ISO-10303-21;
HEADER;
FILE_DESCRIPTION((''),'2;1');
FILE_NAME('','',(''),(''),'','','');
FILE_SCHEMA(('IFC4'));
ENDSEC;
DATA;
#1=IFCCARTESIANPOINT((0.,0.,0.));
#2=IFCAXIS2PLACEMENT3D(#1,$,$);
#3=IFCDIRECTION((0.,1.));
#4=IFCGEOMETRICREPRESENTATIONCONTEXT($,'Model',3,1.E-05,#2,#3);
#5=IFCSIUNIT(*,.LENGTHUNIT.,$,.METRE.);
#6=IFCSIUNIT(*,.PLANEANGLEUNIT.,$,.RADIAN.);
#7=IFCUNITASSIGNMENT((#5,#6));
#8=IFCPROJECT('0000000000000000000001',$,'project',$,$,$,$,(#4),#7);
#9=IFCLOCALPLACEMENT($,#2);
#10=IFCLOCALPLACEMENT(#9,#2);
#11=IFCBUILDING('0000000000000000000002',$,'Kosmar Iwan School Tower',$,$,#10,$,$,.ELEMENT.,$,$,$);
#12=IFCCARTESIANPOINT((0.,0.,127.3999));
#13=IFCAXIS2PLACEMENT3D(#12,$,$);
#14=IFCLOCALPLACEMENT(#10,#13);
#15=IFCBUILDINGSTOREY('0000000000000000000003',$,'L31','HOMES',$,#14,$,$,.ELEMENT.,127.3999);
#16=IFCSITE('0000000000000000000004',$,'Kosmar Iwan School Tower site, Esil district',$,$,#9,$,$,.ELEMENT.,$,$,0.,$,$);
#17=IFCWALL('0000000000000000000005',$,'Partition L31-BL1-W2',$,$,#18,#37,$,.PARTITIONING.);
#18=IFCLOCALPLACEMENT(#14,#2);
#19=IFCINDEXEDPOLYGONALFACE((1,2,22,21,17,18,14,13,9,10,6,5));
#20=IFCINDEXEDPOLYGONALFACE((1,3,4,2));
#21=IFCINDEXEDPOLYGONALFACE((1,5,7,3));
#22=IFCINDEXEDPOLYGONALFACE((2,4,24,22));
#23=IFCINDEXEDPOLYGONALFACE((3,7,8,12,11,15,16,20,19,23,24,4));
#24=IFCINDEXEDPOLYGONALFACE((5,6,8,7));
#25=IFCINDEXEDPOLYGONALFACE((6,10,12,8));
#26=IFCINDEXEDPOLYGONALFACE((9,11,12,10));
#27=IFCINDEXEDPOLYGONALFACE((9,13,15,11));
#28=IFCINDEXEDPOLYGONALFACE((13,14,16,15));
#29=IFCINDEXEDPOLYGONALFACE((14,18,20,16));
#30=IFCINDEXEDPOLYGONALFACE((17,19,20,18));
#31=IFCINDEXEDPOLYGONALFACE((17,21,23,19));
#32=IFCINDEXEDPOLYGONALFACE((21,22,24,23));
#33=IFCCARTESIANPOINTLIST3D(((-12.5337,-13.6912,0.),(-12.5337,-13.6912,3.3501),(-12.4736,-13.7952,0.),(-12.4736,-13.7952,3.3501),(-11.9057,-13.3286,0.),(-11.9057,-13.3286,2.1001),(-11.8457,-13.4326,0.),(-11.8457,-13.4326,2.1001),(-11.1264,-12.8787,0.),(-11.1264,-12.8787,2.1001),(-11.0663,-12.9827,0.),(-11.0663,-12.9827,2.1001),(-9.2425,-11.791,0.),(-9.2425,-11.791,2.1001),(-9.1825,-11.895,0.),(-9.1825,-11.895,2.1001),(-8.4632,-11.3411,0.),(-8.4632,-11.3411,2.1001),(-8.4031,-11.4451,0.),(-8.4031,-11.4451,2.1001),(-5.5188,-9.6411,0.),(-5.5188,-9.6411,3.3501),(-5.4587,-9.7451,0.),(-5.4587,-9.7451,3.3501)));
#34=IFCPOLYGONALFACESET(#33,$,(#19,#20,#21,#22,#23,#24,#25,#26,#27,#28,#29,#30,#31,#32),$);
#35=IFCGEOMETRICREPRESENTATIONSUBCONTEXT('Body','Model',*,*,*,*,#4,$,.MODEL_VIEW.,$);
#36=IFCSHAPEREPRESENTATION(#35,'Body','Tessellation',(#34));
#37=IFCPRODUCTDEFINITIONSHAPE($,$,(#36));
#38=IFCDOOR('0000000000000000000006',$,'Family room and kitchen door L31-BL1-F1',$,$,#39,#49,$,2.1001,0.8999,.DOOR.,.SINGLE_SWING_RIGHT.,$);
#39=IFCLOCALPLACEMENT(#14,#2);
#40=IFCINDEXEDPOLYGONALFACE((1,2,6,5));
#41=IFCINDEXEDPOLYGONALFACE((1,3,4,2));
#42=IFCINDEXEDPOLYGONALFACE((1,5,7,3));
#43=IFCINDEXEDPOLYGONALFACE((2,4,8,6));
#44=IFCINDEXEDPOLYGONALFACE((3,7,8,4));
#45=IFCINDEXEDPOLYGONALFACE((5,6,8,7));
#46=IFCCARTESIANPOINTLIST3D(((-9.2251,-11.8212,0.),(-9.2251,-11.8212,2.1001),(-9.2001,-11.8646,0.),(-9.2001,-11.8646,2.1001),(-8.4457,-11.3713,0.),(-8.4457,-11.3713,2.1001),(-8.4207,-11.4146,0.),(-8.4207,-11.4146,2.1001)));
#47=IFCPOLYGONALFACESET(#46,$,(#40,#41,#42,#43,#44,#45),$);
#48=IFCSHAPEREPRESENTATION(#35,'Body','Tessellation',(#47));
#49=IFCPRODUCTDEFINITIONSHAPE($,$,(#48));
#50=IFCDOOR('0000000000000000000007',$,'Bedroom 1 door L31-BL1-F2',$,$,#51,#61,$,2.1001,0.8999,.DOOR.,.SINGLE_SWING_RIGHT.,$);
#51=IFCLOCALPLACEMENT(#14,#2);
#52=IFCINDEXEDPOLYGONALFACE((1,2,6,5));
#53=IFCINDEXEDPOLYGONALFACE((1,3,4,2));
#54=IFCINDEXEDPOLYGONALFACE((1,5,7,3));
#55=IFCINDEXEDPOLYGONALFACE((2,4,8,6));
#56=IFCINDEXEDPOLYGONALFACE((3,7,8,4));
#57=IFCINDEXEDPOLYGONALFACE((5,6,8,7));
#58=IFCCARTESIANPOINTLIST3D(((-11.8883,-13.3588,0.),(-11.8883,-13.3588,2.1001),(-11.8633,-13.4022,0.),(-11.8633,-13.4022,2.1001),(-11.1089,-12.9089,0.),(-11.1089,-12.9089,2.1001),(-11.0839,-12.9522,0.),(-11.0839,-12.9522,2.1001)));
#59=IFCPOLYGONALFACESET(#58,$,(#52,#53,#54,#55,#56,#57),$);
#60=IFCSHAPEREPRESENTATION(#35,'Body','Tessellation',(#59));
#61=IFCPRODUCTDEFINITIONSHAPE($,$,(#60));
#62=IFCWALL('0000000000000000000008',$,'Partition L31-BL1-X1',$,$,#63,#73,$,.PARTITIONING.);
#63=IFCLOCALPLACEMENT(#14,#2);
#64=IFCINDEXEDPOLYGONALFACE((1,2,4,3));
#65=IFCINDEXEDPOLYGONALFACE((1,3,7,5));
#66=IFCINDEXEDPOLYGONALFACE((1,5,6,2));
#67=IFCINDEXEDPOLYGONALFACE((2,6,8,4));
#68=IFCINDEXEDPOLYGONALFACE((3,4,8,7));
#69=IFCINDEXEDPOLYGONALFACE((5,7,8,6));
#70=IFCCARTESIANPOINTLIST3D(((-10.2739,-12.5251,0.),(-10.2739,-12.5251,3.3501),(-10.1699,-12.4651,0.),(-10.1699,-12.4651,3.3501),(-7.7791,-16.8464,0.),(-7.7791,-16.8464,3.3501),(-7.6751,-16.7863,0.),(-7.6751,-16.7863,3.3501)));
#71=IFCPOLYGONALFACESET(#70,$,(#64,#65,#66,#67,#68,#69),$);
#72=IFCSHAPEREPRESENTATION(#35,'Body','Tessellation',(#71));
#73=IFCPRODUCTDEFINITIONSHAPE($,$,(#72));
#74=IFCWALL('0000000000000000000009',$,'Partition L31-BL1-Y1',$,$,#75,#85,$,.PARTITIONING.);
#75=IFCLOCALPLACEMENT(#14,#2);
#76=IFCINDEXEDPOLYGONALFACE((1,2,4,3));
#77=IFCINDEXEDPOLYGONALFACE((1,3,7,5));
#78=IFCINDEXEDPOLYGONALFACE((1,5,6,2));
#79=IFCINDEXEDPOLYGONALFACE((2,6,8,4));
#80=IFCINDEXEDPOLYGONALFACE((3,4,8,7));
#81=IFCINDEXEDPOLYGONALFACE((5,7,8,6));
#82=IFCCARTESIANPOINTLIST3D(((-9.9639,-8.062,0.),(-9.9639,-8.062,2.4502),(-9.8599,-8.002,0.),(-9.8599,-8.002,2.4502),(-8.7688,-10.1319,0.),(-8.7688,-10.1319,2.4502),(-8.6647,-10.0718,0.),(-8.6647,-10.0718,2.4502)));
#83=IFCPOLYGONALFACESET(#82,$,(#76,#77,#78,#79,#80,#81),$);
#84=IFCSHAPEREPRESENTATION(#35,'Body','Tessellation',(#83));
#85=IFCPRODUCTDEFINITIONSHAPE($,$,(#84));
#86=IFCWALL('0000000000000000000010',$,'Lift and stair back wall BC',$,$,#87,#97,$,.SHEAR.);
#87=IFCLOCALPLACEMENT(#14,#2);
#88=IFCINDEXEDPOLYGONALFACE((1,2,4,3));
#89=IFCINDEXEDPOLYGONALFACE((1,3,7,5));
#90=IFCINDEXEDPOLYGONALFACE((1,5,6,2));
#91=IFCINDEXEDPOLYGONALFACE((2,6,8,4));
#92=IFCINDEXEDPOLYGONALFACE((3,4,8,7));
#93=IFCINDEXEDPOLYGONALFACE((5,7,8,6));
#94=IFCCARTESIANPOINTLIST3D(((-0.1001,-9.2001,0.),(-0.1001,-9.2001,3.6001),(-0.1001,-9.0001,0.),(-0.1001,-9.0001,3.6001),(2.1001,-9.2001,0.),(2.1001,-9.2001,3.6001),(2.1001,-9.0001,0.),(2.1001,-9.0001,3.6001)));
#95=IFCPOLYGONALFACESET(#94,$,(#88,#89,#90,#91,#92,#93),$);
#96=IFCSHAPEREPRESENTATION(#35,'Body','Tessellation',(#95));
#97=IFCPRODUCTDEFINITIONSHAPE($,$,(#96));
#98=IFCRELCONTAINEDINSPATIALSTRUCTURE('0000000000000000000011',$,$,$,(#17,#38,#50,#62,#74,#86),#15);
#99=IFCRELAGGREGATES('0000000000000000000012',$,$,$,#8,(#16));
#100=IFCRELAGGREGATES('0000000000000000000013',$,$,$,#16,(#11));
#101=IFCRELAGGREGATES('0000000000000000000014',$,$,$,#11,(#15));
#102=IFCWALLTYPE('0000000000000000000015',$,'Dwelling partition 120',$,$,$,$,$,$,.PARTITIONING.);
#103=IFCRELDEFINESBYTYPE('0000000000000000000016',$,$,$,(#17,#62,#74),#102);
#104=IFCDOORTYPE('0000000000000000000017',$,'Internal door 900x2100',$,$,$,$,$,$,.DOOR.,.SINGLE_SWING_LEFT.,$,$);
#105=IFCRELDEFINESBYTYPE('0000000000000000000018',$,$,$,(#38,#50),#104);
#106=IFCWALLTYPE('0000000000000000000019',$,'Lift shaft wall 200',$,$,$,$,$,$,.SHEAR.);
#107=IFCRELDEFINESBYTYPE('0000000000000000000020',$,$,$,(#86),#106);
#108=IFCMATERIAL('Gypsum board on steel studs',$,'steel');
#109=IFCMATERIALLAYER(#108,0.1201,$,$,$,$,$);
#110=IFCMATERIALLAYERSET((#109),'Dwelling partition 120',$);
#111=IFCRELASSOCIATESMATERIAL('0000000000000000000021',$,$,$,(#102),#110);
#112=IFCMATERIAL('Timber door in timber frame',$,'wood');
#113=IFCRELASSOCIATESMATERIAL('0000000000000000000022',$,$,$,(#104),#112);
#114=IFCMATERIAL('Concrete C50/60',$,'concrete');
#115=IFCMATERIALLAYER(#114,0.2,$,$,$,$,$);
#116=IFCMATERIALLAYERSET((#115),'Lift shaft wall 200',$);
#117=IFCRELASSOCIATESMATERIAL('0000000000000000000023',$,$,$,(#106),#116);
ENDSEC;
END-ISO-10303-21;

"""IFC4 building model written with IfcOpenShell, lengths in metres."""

from ifc_helpers import new_model, si_unit, direction, frame, frame_2d, origin, place, context, subcontext, project, spatial, rectangle, extrude, material, layer, layer_set, type_object, element, fill, save


model = new_model("IFC4")

# Units and contexts
model_context = context("Model", 3, precision=1e-05, world=origin(), true_north=direction((0.0, 1.0)))
body_context = subcontext(model_context, "Body", "Model", "MODEL_VIEW")
ifc_project = project(units=[si_unit("LENGTHUNIT", "METRE"), si_unit("PLANEANGLEUNIT", "RADIAN")], contexts=[model_context])

# Site, building, storey
site_placement = place(None, origin())
site = spatial("IfcSite", under=ifc_project, at=site_placement, Name="Kosmar Iwan School Tower site, Esil district", CompositionType="ELEMENT", RefElevation=0.0)
building_placement = place(site_placement, origin())
building = spatial("IfcBuilding", under=site, at=building_placement, Name="Kosmar Iwan School Tower", CompositionType="ELEMENT")
storey_placement = place(building_placement, frame((0.0, 0.0, 127.3999)))
storey = spatial("IfcBuildingStorey", under=building, at=storey_placement, Name="L31", Description="HOMES", CompositionType="ELEMENT", Elevation=127.3999)

# Wall, openings, doors
ifc_material_1 = material(Name="Gypsum board on steel studs", Category="steel")
ifc_layer_1 = layer(ifc_material_1, 0.1201)
ifc_layer_set_1 = layer_set([ifc_layer_1], Name="Dwelling partition 120")
wall_type_1 = type_object("IfcWallType", Name="Dwelling partition 120", PredefinedType="PARTITIONING", material=ifc_layer_set_1)
ifc_material_2 = material(Name="Timber door in timber frame", Category="wood")
door_type_1 = type_object("IfcDoorType", Name="Internal door 900x2100", OperationType="SINGLE_SWING_LEFT", PredefinedType="DOOR", material=ifc_material_2)
wall_1_placement = place(storey_placement, frame((-5.4888, -9.6931, 0.0), z_axis=(0.0, 0.0, 1.0), x_axis=(-0.866025, -0.5, 0.0)))
wall_1 = element("IfcWall", 1, at=wall_1_placement, inside=storey, type_object=wall_type_1, Name="Partition L31-BL1-W2", PredefinedType="PARTITIONING", context=body_context, shape_type="SweptSolid", body=[
    extrude(rectangle(XDim=8.1001, YDim=0.1201, at=frame_2d((4.05, 0.0))), origin(), (0.0, 0.0, 1.0), 3.3501),
])
opening_1_placement = place(wall_1_placement, frame((3.3999, 0.0, 0.0)))
opening_1 = element("IfcOpeningElement", 2, at=opening_1_placement, cuts=wall_1, PredefinedType="OPENING", context=body_context, shape_type="SweptSolid", body=[
    extrude(rectangle(XDim=0.8999, YDim=2.1001, at=frame_2d((0.45, 1.05))), frame((0.0, 0.072, 0.0), z_axis=(0.0, -1.0, 0.0), x_axis=(1.0, 0.0, 0.0)), (0.0, 0.0, 1.0), 0.144),
])
opening_2_placement = place(wall_1_placement, frame((6.4751, 0.0, 0.0)))
opening_2 = element("IfcOpeningElement", 3, at=opening_2_placement, cuts=wall_1, PredefinedType="OPENING", context=body_context, shape_type="SweptSolid", body=[
    extrude(rectangle(XDim=0.8999, YDim=2.1001, at=frame_2d((0.45, 1.05))), frame((0.0, 0.072, 0.0), z_axis=(0.0, -1.0, 0.0), x_axis=(1.0, 0.0, 0.0)), (0.0, 0.0, 1.0), 0.144),
])
door_1_placement = place(opening_1_placement, origin())
door_1 = element("IfcDoor", 4, at=door_1_placement, inside=storey, type_object=door_type_1, Name="Family room and kitchen door L31-BL1-F1", OperationType="SINGLE_SWING_RIGHT", OverallHeight=2.1001, OverallWidth=0.8999, PredefinedType="DOOR", context=body_context, shape_type="SweptSolid", body=[
    extrude(rectangle(XDim=0.8999, YDim=2.1001, at=frame_2d((0.45, 1.05))), frame((0.0, 0.0249, 0.0), z_axis=(0.0, -1.0, 0.0), x_axis=(1.0, 0.0, 0.0)), (0.0, 0.0, 1.0), 0.05),
])
fill(opening_1, door_1)
door_2_placement = place(opening_2_placement, origin())
door_2 = element("IfcDoor", 5, at=door_2_placement, inside=storey, type_object=door_type_1, Name="Bedroom 1 door L31-BL1-F2", OperationType="SINGLE_SWING_RIGHT", OverallHeight=2.1001, OverallWidth=0.8999, PredefinedType="DOOR", context=body_context, shape_type="SweptSolid", body=[
    extrude(rectangle(XDim=0.8999, YDim=2.1001, at=frame_2d((0.45, 1.05))), frame((0.0, 0.0249, 0.0), z_axis=(0.0, -1.0, 0.0), x_axis=(1.0, 0.0, 0.0)), (0.0, 0.0, 1.0), 0.05),
])
fill(opening_2, door_2)

# Walls
wall_2_placement = place(storey_placement, frame((-10.2219, -12.4951, 0.0), z_axis=(0.0, 0.0, 1.0), x_axis=(0.499996, -0.866028, 0.0)))
element("IfcWall", 6, at=wall_2_placement, inside=storey, type_object=wall_type_1, Name="Partition L31-BL1-X1", PredefinedType="PARTITIONING", context=body_context, shape_type="SweptSolid", body=[
    extrude(rectangle(XDim=4.9897, YDim=0.1201, at=frame_2d((2.4949, 0.0))), origin(), (0.0, 0.0, 1.0), 3.3501),
])
wall_3_placement = place(storey_placement, frame((-9.9119, -8.032, 0.0), z_axis=(0.0, 0.0, 1.0), x_axis=(0.500017, -0.866015, 0.0)))
element("IfcWall", 7, at=wall_3_placement, inside=storey, type_object=wall_type_1, Name="Partition L31-BL1-Y1", PredefinedType="PARTITIONING", context=body_context, shape_type="SweptSolid", body=[
    extrude(rectangle(XDim=2.3901, YDim=0.1201, at=frame_2d((1.1951, 0.0))), origin(), (0.0, 0.0, 1.0), 2.4502),
])
ifc_material_3 = material(Name="Concrete C50/60", Category="concrete")
ifc_layer_2 = layer(ifc_material_3, 0.2)
ifc_layer_set_2 = layer_set([ifc_layer_2], Name="Lift shaft wall 200")
wall_type_2 = type_object("IfcWallType", Name="Lift shaft wall 200", PredefinedType="SHEAR", material=ifc_layer_set_2)
wall_4_placement = place(storey_placement, frame((-0.1001, -9.1001, 0.0), z_axis=(0.0, 0.0, 1.0), x_axis=(1.0, 0.0, 0.0)))
element("IfcWall", 8, at=wall_4_placement, inside=storey, type_object=wall_type_2, Name="Lift and stair back wall BC", PredefinedType="SHEAR", context=body_context, shape_type="SweptSolid", body=[
    extrude(rectangle(XDim=2.2002, YDim=0.2, at=frame_2d((1.1001, 0.0))), origin(), (0.0, 0.0, 1.0), 3.6001),
])

save(model, "model.ifc")
